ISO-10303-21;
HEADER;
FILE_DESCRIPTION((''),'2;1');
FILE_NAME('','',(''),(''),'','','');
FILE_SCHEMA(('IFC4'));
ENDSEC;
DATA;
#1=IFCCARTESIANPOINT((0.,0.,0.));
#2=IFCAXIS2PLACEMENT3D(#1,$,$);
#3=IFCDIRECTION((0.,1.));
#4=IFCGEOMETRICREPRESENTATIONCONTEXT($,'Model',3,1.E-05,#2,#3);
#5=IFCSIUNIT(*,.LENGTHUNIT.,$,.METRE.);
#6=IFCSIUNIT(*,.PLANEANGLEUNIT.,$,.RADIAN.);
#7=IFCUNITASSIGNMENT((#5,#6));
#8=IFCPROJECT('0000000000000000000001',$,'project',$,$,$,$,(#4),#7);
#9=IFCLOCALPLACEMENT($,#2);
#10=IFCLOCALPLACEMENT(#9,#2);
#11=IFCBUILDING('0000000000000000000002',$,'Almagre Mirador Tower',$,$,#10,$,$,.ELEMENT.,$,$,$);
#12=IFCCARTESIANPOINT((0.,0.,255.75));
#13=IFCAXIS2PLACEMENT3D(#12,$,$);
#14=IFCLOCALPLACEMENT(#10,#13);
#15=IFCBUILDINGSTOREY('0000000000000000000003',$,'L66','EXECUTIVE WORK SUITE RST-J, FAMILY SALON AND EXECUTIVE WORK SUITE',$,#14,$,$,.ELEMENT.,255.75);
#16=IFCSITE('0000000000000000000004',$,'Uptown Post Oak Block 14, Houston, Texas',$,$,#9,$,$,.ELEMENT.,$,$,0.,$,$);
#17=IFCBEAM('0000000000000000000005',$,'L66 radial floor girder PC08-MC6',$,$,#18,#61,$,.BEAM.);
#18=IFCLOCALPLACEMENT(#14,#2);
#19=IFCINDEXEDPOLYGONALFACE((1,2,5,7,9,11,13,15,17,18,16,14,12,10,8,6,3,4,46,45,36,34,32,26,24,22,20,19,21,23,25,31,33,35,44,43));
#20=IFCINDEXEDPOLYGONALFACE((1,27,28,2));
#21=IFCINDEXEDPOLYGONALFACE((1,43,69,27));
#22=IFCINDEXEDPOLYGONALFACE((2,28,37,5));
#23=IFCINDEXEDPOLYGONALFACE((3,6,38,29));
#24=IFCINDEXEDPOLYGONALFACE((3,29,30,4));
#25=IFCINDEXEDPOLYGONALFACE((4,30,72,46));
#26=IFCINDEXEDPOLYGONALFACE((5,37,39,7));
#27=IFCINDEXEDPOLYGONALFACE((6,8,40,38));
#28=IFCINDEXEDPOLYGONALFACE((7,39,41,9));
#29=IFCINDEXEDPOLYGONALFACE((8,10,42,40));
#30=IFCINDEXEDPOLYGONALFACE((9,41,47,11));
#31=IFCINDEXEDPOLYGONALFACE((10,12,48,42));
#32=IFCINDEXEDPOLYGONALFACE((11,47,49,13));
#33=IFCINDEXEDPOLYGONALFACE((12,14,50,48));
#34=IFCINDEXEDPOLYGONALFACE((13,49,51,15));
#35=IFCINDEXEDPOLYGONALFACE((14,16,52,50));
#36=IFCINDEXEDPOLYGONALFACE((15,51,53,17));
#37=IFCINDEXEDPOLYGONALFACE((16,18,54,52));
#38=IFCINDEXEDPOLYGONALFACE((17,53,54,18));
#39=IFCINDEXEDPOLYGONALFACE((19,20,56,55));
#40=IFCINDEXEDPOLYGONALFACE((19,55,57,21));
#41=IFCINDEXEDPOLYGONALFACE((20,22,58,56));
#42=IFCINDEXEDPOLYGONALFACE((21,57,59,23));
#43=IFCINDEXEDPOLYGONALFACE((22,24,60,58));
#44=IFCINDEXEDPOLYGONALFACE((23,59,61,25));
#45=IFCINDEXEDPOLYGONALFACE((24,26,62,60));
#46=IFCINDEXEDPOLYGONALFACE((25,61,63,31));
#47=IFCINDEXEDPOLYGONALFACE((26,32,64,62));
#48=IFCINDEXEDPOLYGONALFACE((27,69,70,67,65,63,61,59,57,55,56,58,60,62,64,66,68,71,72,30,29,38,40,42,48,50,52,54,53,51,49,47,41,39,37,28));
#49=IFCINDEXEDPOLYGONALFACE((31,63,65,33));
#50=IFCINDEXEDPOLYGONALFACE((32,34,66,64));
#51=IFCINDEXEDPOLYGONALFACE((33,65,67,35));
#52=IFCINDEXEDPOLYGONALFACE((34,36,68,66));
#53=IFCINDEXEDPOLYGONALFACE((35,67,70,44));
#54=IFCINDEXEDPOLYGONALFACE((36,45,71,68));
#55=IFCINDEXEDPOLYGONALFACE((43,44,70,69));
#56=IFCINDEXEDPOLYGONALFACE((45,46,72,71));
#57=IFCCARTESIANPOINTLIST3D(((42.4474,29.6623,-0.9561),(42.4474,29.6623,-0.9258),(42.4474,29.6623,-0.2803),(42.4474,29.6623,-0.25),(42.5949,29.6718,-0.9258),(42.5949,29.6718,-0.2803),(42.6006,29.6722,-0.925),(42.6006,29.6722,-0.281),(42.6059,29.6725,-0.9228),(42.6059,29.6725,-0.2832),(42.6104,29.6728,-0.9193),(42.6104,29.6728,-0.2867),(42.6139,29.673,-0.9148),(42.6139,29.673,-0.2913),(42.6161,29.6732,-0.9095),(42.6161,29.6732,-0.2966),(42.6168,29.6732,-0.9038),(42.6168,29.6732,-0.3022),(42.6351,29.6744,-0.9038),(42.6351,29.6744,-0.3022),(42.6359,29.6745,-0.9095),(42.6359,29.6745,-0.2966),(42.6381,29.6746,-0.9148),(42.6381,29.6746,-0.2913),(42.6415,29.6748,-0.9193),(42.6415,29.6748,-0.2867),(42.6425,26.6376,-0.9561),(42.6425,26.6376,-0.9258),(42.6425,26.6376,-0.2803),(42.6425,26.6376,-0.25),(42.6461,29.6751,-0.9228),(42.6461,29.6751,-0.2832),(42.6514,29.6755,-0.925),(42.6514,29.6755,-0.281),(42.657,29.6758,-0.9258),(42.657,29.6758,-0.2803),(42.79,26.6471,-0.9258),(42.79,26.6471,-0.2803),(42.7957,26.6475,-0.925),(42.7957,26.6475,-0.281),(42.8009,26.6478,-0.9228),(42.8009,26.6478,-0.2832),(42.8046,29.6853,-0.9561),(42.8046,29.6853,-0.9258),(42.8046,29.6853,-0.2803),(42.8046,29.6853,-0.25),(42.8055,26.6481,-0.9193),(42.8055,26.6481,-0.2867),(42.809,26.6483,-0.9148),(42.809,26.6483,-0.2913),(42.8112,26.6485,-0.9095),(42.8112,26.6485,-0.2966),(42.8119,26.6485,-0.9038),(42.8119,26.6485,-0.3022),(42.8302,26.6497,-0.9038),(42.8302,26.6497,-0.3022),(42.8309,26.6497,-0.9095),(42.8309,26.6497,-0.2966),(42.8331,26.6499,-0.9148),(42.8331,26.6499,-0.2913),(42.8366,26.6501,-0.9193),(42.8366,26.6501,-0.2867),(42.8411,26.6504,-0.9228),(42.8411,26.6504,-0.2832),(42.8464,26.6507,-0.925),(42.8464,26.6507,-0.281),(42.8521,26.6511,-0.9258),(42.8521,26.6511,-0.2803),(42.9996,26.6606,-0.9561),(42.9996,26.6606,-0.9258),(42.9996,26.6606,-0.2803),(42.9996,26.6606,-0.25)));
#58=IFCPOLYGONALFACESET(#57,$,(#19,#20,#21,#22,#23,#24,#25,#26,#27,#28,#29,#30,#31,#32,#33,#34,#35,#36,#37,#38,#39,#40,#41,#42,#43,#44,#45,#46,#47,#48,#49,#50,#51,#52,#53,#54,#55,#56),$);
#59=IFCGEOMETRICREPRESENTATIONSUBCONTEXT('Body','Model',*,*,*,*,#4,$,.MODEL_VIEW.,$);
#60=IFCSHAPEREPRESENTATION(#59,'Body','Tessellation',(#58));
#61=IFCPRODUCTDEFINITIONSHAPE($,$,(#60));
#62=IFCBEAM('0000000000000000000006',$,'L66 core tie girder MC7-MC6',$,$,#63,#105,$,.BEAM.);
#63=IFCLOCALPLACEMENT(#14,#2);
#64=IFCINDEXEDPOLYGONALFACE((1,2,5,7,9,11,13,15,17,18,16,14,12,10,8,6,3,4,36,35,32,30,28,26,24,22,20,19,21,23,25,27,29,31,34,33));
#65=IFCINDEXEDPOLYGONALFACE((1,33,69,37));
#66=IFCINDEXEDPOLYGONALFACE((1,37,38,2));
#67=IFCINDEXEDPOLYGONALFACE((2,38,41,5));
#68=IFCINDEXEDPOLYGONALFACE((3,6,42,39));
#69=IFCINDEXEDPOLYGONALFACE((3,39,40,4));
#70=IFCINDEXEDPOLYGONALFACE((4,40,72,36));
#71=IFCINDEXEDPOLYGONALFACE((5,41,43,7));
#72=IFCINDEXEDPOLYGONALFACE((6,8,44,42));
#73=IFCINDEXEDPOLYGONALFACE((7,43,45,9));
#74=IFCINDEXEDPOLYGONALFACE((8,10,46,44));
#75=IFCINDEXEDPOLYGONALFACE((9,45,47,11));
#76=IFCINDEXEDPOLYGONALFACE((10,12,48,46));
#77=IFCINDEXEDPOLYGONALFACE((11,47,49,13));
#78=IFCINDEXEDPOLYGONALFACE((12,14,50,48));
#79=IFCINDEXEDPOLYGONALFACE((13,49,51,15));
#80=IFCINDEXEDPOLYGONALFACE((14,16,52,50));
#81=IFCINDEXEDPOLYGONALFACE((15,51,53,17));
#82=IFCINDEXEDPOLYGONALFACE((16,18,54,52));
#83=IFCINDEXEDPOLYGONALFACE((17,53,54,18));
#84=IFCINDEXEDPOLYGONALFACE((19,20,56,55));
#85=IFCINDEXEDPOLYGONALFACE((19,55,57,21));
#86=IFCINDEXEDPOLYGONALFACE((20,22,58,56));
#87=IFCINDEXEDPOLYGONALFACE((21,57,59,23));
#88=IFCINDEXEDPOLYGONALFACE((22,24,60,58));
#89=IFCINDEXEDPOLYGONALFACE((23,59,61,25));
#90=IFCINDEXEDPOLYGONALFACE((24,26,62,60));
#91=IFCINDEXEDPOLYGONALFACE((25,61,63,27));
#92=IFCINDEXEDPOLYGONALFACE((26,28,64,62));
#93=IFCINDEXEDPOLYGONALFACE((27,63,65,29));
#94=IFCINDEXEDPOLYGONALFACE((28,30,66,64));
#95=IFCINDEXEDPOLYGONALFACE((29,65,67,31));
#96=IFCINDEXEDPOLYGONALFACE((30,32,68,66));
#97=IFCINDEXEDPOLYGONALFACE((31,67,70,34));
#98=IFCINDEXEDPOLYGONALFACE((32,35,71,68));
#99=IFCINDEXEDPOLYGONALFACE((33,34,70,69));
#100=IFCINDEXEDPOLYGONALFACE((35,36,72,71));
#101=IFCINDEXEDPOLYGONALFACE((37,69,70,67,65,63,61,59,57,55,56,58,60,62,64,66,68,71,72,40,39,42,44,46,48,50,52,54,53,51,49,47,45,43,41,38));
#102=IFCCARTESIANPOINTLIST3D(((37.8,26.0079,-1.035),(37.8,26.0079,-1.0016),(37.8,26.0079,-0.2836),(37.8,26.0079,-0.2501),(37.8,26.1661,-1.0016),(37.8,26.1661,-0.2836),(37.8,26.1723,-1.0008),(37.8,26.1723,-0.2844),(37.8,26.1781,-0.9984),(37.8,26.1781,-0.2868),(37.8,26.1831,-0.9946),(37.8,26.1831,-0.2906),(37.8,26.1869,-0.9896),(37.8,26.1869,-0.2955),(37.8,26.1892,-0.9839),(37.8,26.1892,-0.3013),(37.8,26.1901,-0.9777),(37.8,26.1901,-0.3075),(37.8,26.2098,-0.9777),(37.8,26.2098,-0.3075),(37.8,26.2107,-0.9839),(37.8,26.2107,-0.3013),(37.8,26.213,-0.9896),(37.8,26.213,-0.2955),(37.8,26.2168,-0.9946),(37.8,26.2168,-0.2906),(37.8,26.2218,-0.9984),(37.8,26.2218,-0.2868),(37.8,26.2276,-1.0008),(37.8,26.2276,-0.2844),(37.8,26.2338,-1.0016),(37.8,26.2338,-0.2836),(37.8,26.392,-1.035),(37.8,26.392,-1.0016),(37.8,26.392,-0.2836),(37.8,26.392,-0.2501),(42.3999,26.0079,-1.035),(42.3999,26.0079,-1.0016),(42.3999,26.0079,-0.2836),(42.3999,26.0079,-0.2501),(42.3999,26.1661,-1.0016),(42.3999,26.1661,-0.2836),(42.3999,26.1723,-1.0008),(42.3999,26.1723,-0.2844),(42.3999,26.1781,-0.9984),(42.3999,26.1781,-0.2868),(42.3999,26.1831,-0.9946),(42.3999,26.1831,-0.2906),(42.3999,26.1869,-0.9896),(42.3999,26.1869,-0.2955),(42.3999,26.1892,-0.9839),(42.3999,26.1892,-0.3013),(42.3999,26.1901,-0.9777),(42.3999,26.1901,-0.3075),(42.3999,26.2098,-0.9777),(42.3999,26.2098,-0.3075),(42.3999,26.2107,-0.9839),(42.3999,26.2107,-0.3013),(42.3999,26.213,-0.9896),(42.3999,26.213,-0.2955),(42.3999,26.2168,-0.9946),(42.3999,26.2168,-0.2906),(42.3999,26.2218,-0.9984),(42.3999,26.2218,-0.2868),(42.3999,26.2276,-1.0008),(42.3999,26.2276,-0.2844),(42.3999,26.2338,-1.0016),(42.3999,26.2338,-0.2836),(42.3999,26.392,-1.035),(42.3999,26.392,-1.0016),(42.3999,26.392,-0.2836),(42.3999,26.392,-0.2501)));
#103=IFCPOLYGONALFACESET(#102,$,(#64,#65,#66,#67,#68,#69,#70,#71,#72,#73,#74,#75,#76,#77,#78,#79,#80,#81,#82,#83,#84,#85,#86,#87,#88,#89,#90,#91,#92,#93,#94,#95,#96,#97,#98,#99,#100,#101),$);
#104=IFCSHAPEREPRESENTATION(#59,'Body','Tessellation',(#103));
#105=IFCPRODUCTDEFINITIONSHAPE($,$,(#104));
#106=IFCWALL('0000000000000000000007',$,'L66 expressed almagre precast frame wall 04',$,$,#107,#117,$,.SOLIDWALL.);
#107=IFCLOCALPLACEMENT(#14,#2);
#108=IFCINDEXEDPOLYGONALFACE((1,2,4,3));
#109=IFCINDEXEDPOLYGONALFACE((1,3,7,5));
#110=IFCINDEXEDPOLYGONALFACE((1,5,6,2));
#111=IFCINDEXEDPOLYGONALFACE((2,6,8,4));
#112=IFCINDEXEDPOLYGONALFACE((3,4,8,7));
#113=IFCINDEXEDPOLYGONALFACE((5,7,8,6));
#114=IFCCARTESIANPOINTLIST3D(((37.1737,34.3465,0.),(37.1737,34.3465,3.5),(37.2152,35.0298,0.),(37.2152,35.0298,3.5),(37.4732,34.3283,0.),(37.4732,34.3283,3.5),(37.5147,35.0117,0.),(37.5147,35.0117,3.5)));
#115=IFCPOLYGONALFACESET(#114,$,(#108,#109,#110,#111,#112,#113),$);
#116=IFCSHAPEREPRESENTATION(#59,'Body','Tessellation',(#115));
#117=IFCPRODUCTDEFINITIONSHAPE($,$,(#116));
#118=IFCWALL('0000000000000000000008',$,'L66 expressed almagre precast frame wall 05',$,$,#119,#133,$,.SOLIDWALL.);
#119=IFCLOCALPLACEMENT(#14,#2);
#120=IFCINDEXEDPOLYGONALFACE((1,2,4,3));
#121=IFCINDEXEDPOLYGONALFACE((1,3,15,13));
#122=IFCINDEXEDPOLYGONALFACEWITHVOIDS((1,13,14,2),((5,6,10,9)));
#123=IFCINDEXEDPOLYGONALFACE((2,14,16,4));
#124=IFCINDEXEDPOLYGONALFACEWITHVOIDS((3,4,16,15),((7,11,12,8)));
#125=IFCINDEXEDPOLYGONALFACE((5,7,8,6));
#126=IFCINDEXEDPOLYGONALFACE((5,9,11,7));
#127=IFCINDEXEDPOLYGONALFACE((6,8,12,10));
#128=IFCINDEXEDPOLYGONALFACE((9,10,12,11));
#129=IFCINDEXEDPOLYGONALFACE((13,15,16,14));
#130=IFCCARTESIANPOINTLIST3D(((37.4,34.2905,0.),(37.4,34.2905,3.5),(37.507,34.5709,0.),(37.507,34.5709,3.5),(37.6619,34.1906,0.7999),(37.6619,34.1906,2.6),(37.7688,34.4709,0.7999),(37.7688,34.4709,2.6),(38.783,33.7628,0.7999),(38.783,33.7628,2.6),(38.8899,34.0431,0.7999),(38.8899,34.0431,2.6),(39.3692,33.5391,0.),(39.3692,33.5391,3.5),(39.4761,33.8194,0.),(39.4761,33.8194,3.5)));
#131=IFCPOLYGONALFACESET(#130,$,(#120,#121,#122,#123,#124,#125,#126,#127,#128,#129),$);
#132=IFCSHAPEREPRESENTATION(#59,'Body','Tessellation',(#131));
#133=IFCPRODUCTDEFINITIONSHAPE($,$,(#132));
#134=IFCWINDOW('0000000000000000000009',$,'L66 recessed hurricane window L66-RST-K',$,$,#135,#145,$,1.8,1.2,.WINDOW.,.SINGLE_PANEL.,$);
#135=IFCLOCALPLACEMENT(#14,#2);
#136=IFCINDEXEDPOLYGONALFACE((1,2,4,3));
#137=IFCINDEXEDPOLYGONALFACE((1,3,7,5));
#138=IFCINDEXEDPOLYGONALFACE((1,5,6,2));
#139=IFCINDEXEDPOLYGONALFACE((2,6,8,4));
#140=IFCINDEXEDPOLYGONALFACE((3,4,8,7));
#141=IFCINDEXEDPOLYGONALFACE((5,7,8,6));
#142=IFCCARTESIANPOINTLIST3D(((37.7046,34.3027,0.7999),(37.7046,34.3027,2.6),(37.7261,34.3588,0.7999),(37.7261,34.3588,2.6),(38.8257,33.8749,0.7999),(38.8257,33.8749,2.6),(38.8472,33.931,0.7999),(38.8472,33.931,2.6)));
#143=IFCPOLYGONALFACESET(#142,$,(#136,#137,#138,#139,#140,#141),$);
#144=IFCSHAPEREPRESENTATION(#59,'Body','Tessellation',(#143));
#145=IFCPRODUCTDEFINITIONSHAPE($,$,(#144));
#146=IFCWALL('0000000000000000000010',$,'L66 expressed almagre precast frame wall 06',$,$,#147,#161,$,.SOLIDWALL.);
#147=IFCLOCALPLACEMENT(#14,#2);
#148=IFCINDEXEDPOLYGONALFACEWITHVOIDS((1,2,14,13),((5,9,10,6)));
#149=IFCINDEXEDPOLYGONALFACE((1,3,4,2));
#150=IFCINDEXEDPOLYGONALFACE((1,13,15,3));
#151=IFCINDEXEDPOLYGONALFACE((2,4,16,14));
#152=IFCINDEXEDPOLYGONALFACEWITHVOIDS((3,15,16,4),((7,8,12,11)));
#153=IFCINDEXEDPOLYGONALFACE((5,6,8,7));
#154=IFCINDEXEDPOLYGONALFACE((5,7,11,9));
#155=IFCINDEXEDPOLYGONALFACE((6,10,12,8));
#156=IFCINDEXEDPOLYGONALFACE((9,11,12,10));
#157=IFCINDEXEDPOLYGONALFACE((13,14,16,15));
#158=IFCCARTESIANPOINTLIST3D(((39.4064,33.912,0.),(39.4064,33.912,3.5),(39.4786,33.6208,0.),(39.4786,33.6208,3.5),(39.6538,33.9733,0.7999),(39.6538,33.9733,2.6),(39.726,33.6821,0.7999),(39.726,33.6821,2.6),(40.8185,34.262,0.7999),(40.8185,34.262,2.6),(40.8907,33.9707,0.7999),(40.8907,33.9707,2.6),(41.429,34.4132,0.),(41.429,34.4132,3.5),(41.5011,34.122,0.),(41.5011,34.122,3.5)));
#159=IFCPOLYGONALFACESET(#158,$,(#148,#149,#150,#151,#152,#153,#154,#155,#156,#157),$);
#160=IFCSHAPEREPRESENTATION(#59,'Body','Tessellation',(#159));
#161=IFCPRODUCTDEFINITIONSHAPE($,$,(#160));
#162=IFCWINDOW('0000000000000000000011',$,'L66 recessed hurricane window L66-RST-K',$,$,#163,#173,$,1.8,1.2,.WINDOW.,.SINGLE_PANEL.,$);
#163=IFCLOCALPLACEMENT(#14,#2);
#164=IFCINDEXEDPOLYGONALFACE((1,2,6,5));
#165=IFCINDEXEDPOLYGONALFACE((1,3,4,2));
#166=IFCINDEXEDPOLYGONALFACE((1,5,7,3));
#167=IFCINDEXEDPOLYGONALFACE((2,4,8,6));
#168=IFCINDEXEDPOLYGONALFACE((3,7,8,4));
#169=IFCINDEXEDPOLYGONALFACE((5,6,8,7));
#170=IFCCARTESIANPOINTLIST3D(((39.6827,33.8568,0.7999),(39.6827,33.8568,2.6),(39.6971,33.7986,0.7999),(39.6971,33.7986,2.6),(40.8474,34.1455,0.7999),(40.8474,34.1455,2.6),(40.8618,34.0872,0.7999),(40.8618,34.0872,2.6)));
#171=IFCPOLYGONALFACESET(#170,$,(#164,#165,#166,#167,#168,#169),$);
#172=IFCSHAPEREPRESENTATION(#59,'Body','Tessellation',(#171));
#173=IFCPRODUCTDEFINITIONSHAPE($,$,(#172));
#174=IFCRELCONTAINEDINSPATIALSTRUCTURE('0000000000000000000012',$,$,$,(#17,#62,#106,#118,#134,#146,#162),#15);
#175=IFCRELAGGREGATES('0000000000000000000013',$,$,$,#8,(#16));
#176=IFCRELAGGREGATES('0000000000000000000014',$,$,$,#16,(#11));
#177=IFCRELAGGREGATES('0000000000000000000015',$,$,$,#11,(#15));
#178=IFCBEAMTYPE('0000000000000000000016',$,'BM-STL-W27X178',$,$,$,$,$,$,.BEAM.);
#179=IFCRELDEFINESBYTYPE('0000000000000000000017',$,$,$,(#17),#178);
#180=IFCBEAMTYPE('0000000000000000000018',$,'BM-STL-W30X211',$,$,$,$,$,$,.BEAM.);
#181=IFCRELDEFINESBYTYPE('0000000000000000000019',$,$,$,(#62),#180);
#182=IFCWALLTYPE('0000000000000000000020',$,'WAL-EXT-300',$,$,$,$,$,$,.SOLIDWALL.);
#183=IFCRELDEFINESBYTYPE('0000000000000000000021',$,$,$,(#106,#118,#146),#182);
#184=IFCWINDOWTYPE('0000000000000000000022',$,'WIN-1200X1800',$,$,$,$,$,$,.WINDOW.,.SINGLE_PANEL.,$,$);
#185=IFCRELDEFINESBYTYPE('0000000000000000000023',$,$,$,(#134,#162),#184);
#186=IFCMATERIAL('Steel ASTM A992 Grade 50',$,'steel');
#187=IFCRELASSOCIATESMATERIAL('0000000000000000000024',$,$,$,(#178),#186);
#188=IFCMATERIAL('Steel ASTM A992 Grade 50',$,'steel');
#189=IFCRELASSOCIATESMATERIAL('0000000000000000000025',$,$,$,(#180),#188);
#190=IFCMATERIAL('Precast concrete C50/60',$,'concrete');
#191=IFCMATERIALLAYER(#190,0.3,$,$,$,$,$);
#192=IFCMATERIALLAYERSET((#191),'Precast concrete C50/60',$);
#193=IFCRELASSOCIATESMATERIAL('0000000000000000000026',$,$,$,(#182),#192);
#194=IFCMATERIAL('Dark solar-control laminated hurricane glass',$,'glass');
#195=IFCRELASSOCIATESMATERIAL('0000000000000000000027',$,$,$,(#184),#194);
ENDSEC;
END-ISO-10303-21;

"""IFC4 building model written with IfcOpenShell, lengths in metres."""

from ifc_helpers import new_model, si_unit, direction, frame, frame_2d, origin, origin_2d, place, context, subcontext, project, spatial, rectangle, i_section, extrude, material, layer, layer_set, material_profile, profile_set, type_object, element, fill, save


model = new_model("IFC4")

# Units and contexts
model_context = context("Model", 3, precision=1e-05, world=origin(), true_north=direction((0.0, 1.0)))
body_context = subcontext(model_context, "Body", "Model", "MODEL_VIEW")
ifc_project = project(units=[si_unit("LENGTHUNIT", "METRE"), si_unit("PLANEANGLEUNIT", "RADIAN")], contexts=[model_context])

# Site, building, storey
site_placement = place(None, origin())
site = spatial("IfcSite", under=ifc_project, at=site_placement, Name="Uptown Post Oak Block 14, Houston, Texas", CompositionType="ELEMENT", RefElevation=0.0)
building_placement = place(site_placement, origin())
building = spatial("IfcBuilding", under=site, at=building_placement, Name="Almagre Mirador Tower", CompositionType="ELEMENT")
storey_placement = place(building_placement, frame((0.0, 0.0, 255.75)))
storey = spatial("IfcBuildingStorey", under=building, at=storey_placement, Name="L66", Description="EXECUTIVE WORK SUITE RST-J, FAMILY SALON AND EXECUTIVE WORK SUITE", CompositionType="ELEMENT", Elevation=255.75)

# Beams
ifc_material_1 = material(Name="Steel ASTM A992 Grade 50", Category="steel")
ifc_material_profile_1 = material_profile(ifc_material_1, i_section(OverallWidth=0.3579, OverallDepth=0.7061, WebThickness=0.0183, FlangeThickness=0.0303, FilletRadius=0.022, at=origin_2d()), Name="W27X178")
ifc_profile_set_1 = profile_set([ifc_material_profile_1], Name="Steel ASTM A992 Grade 50")
beam_type_1 = type_object("IfcBeamType", Name="BM-STL-W27X178", PredefinedType="BEAM", material=ifc_profile_set_1)
beam_1_placement = place(storey_placement, frame((42.626, 29.6738, -0.603), z_axis=(0.064359, -0.997927, 0.0), x_axis=(0.997927, 0.064359, 0.0)))
element("IfcBeam", 1, at=beam_1_placement, inside=storey, type_object=beam_type_1, Name="L66 radial floor girder PC08-MC6", PredefinedType="BEAM", context=body_context, shape_type="SweptSolid", body=[
    extrude(i_section(OverallWidth=0.3579, OverallDepth=0.7061, WebThickness=0.0183, FlangeThickness=0.0303, FilletRadius=0.022, at=origin_2d()), origin(), (0.0, 0.0, 1.0), 3.031),
])
ifc_material_2 = material(Name="Steel ASTM A992 Grade 50", Category="steel")
ifc_material_profile_2 = material_profile(ifc_material_2, i_section(OverallWidth=0.384, OverallDepth=0.7849, WebThickness=0.0198, FlangeThickness=0.0334, FilletRadius=0.0239, at=origin_2d()), Name="W30X211")
ifc_profile_set_2 = profile_set([ifc_material_profile_2], Name="Steel ASTM A992 Grade 50")
beam_type_2 = type_object("IfcBeamType", Name="BM-STL-W30X211", PredefinedType="BEAM", material=ifc_profile_set_2)
beam_2_placement = place(storey_placement, frame((37.8, 26.2, -0.6426), z_axis=(1.0, 0.0, 0.0), x_axis=(0.0, 1.0, 0.0)))
element("IfcBeam", 2, at=beam_2_placement, inside=storey, type_object=beam_type_2, Name="L66 core tie girder MC7-MC6", PredefinedType="BEAM", context=body_context, shape_type="SweptSolid", body=[
    extrude(i_section(OverallWidth=0.384, OverallDepth=0.7849, WebThickness=0.0198, FlangeThickness=0.0334, FilletRadius=0.0239, at=origin_2d()), origin(), (0.0, 0.0, 1.0), 4.5999),
])

# Wall
ifc_material_3 = material(Name="Precast concrete C50/60", Category="concrete")
ifc_layer_1 = layer(ifc_material_3, 0.3)
ifc_layer_set_1 = layer_set([ifc_layer_1], Name="Precast concrete C50/60")
wall_type_1 = type_object("IfcWallType", Name="WAL-EXT-300", PredefinedType="SOLIDWALL", material=ifc_layer_set_1)
wall_1_placement = place(storey_placement, frame((37.365, 35.0208, 0.0), z_axis=(0.0, 0.0, 1.0), x_axis=(-0.060624, -0.998161, 0.0)))
element("IfcWall", 3, at=wall_1_placement, inside=storey, type_object=wall_type_1, Name="L66 expressed almagre precast frame wall 04", PredefinedType="SOLIDWALL", context=body_context, shape_type="SweptSolid", body=[
    extrude(rectangle(XDim=0.6846, YDim=0.3, at=frame_2d((0.3423, 0.0))), origin(), (0.0, 0.0, 1.0), 3.5),
])

# Walls, openings, windows
wall_2_placement = place(storey_placement, frame((37.4536, 34.4307, 0.0), z_axis=(0.0, 0.0, 1.0), x_axis=(0.934286, -0.356525, 0.0)))
wall_2 = element("IfcWall", 4, at=wall_2_placement, inside=storey, type_object=wall_type_1, Name="L66 expressed almagre precast frame wall 05", PredefinedType="SOLIDWALL", context=body_context, shape_type="SweptSolid", body=[
    extrude(rectangle(XDim=2.1077, YDim=0.3, at=frame_2d((1.0537, 0.0))), origin(), (0.0, 0.0, 1.0), 3.5),
])
opening_1_placement = place(wall_2_placement, frame((0.28, 0.0, 0.8)))
opening_1 = element("IfcOpeningElement", 5, at=opening_1_placement, cuts=wall_2, PredefinedType="OPENING", context=body_context, shape_type="SweptSolid", body=[
    extrude(rectangle(XDim=1.2, YDim=1.8, at=frame_2d((0.6001, 0.8999))), frame((0.0, 0.1599, 0.0), z_axis=(0.0, -1.0, 0.0), x_axis=(1.0, 0.0, 0.0)), (0.0, 0.0, 1.0), 0.32),
])
ifc_material_4 = material(Name="Dark solar-control laminated hurricane glass", Category="glass")
window_type_1 = type_object("IfcWindowType", Name="WIN-1200X1800", PartitioningType="SINGLE_PANEL", PredefinedType="WINDOW", material=ifc_material_4)
window_1_placement = place(opening_1_placement, origin())
window_1 = element("IfcWindow", 6, at=window_1_placement, inside=storey, type_object=window_type_1, Name="L66 recessed hurricane window L66-RST-K", OverallHeight=1.8, OverallWidth=1.2, PartitioningType="SINGLE_PANEL", PredefinedType="WINDOW", context=body_context, shape_type="SweptSolid", body=[
    extrude(rectangle(XDim=1.2, YDim=1.8, at=frame_2d((0.6001, 0.8999))), frame((0.0, 0.03, 0.0), z_axis=(0.0, -1.0, 0.0), x_axis=(1.0, 0.0, 0.0)), (0.0, 0.0, 1.0), 0.0601),
])
fill(opening_1, window_1)
wall_3_placement = place(storey_placement, frame((39.4424, 33.7664, 0.0), z_axis=(0.0, 0.0, 1.0), x_axis=(0.970637, 0.24055, 0.0)))
wall_3 = element("IfcWall", 7, at=wall_3_placement, inside=storey, type_object=wall_type_1, Name="L66 expressed almagre precast frame wall 06", PredefinedType="SOLIDWALL", context=body_context, shape_type="SweptSolid", body=[
    extrude(rectangle(XDim=2.0837, YDim=0.3, at=frame_2d((1.042, 0.0))), origin(), (0.0, 0.0, 1.0), 3.5),
])
opening_2_placement = place(wall_3_placement, frame((0.2549, 0.0, 0.8)))
opening_2 = element("IfcOpeningElement", 8, at=opening_2_placement, cuts=wall_3, PredefinedType="OPENING", context=body_context, shape_type="SweptSolid", body=[
    extrude(rectangle(XDim=1.2, YDim=1.8, at=frame_2d((0.6001, 0.8999))), frame((0.0, 0.1599, 0.0), z_axis=(0.0, -1.0, 0.0), x_axis=(1.0, 0.0, 0.0)), (0.0, 0.0, 1.0), 0.32),
])
window_2_placement = place(opening_2_placement, origin())
window_2 = element("IfcWindow", 9, at=window_2_placement, inside=storey, type_object=window_type_1, Name="L66 recessed hurricane window L66-RST-K", OverallHeight=1.8, OverallWidth=1.2, PartitioningType="SINGLE_PANEL", PredefinedType="WINDOW", context=body_context, shape_type="SweptSolid", body=[
    extrude(rectangle(XDim=1.2, YDim=1.8, at=frame_2d((0.6001, 0.8999))), frame((0.0, 0.03, 0.0), z_axis=(0.0, -1.0, 0.0), x_axis=(1.0, 0.0, 0.0)), (0.0, 0.0, 1.0), 0.0601),
])
fill(opening_2, window_2)

save(model, "model.ifc")
